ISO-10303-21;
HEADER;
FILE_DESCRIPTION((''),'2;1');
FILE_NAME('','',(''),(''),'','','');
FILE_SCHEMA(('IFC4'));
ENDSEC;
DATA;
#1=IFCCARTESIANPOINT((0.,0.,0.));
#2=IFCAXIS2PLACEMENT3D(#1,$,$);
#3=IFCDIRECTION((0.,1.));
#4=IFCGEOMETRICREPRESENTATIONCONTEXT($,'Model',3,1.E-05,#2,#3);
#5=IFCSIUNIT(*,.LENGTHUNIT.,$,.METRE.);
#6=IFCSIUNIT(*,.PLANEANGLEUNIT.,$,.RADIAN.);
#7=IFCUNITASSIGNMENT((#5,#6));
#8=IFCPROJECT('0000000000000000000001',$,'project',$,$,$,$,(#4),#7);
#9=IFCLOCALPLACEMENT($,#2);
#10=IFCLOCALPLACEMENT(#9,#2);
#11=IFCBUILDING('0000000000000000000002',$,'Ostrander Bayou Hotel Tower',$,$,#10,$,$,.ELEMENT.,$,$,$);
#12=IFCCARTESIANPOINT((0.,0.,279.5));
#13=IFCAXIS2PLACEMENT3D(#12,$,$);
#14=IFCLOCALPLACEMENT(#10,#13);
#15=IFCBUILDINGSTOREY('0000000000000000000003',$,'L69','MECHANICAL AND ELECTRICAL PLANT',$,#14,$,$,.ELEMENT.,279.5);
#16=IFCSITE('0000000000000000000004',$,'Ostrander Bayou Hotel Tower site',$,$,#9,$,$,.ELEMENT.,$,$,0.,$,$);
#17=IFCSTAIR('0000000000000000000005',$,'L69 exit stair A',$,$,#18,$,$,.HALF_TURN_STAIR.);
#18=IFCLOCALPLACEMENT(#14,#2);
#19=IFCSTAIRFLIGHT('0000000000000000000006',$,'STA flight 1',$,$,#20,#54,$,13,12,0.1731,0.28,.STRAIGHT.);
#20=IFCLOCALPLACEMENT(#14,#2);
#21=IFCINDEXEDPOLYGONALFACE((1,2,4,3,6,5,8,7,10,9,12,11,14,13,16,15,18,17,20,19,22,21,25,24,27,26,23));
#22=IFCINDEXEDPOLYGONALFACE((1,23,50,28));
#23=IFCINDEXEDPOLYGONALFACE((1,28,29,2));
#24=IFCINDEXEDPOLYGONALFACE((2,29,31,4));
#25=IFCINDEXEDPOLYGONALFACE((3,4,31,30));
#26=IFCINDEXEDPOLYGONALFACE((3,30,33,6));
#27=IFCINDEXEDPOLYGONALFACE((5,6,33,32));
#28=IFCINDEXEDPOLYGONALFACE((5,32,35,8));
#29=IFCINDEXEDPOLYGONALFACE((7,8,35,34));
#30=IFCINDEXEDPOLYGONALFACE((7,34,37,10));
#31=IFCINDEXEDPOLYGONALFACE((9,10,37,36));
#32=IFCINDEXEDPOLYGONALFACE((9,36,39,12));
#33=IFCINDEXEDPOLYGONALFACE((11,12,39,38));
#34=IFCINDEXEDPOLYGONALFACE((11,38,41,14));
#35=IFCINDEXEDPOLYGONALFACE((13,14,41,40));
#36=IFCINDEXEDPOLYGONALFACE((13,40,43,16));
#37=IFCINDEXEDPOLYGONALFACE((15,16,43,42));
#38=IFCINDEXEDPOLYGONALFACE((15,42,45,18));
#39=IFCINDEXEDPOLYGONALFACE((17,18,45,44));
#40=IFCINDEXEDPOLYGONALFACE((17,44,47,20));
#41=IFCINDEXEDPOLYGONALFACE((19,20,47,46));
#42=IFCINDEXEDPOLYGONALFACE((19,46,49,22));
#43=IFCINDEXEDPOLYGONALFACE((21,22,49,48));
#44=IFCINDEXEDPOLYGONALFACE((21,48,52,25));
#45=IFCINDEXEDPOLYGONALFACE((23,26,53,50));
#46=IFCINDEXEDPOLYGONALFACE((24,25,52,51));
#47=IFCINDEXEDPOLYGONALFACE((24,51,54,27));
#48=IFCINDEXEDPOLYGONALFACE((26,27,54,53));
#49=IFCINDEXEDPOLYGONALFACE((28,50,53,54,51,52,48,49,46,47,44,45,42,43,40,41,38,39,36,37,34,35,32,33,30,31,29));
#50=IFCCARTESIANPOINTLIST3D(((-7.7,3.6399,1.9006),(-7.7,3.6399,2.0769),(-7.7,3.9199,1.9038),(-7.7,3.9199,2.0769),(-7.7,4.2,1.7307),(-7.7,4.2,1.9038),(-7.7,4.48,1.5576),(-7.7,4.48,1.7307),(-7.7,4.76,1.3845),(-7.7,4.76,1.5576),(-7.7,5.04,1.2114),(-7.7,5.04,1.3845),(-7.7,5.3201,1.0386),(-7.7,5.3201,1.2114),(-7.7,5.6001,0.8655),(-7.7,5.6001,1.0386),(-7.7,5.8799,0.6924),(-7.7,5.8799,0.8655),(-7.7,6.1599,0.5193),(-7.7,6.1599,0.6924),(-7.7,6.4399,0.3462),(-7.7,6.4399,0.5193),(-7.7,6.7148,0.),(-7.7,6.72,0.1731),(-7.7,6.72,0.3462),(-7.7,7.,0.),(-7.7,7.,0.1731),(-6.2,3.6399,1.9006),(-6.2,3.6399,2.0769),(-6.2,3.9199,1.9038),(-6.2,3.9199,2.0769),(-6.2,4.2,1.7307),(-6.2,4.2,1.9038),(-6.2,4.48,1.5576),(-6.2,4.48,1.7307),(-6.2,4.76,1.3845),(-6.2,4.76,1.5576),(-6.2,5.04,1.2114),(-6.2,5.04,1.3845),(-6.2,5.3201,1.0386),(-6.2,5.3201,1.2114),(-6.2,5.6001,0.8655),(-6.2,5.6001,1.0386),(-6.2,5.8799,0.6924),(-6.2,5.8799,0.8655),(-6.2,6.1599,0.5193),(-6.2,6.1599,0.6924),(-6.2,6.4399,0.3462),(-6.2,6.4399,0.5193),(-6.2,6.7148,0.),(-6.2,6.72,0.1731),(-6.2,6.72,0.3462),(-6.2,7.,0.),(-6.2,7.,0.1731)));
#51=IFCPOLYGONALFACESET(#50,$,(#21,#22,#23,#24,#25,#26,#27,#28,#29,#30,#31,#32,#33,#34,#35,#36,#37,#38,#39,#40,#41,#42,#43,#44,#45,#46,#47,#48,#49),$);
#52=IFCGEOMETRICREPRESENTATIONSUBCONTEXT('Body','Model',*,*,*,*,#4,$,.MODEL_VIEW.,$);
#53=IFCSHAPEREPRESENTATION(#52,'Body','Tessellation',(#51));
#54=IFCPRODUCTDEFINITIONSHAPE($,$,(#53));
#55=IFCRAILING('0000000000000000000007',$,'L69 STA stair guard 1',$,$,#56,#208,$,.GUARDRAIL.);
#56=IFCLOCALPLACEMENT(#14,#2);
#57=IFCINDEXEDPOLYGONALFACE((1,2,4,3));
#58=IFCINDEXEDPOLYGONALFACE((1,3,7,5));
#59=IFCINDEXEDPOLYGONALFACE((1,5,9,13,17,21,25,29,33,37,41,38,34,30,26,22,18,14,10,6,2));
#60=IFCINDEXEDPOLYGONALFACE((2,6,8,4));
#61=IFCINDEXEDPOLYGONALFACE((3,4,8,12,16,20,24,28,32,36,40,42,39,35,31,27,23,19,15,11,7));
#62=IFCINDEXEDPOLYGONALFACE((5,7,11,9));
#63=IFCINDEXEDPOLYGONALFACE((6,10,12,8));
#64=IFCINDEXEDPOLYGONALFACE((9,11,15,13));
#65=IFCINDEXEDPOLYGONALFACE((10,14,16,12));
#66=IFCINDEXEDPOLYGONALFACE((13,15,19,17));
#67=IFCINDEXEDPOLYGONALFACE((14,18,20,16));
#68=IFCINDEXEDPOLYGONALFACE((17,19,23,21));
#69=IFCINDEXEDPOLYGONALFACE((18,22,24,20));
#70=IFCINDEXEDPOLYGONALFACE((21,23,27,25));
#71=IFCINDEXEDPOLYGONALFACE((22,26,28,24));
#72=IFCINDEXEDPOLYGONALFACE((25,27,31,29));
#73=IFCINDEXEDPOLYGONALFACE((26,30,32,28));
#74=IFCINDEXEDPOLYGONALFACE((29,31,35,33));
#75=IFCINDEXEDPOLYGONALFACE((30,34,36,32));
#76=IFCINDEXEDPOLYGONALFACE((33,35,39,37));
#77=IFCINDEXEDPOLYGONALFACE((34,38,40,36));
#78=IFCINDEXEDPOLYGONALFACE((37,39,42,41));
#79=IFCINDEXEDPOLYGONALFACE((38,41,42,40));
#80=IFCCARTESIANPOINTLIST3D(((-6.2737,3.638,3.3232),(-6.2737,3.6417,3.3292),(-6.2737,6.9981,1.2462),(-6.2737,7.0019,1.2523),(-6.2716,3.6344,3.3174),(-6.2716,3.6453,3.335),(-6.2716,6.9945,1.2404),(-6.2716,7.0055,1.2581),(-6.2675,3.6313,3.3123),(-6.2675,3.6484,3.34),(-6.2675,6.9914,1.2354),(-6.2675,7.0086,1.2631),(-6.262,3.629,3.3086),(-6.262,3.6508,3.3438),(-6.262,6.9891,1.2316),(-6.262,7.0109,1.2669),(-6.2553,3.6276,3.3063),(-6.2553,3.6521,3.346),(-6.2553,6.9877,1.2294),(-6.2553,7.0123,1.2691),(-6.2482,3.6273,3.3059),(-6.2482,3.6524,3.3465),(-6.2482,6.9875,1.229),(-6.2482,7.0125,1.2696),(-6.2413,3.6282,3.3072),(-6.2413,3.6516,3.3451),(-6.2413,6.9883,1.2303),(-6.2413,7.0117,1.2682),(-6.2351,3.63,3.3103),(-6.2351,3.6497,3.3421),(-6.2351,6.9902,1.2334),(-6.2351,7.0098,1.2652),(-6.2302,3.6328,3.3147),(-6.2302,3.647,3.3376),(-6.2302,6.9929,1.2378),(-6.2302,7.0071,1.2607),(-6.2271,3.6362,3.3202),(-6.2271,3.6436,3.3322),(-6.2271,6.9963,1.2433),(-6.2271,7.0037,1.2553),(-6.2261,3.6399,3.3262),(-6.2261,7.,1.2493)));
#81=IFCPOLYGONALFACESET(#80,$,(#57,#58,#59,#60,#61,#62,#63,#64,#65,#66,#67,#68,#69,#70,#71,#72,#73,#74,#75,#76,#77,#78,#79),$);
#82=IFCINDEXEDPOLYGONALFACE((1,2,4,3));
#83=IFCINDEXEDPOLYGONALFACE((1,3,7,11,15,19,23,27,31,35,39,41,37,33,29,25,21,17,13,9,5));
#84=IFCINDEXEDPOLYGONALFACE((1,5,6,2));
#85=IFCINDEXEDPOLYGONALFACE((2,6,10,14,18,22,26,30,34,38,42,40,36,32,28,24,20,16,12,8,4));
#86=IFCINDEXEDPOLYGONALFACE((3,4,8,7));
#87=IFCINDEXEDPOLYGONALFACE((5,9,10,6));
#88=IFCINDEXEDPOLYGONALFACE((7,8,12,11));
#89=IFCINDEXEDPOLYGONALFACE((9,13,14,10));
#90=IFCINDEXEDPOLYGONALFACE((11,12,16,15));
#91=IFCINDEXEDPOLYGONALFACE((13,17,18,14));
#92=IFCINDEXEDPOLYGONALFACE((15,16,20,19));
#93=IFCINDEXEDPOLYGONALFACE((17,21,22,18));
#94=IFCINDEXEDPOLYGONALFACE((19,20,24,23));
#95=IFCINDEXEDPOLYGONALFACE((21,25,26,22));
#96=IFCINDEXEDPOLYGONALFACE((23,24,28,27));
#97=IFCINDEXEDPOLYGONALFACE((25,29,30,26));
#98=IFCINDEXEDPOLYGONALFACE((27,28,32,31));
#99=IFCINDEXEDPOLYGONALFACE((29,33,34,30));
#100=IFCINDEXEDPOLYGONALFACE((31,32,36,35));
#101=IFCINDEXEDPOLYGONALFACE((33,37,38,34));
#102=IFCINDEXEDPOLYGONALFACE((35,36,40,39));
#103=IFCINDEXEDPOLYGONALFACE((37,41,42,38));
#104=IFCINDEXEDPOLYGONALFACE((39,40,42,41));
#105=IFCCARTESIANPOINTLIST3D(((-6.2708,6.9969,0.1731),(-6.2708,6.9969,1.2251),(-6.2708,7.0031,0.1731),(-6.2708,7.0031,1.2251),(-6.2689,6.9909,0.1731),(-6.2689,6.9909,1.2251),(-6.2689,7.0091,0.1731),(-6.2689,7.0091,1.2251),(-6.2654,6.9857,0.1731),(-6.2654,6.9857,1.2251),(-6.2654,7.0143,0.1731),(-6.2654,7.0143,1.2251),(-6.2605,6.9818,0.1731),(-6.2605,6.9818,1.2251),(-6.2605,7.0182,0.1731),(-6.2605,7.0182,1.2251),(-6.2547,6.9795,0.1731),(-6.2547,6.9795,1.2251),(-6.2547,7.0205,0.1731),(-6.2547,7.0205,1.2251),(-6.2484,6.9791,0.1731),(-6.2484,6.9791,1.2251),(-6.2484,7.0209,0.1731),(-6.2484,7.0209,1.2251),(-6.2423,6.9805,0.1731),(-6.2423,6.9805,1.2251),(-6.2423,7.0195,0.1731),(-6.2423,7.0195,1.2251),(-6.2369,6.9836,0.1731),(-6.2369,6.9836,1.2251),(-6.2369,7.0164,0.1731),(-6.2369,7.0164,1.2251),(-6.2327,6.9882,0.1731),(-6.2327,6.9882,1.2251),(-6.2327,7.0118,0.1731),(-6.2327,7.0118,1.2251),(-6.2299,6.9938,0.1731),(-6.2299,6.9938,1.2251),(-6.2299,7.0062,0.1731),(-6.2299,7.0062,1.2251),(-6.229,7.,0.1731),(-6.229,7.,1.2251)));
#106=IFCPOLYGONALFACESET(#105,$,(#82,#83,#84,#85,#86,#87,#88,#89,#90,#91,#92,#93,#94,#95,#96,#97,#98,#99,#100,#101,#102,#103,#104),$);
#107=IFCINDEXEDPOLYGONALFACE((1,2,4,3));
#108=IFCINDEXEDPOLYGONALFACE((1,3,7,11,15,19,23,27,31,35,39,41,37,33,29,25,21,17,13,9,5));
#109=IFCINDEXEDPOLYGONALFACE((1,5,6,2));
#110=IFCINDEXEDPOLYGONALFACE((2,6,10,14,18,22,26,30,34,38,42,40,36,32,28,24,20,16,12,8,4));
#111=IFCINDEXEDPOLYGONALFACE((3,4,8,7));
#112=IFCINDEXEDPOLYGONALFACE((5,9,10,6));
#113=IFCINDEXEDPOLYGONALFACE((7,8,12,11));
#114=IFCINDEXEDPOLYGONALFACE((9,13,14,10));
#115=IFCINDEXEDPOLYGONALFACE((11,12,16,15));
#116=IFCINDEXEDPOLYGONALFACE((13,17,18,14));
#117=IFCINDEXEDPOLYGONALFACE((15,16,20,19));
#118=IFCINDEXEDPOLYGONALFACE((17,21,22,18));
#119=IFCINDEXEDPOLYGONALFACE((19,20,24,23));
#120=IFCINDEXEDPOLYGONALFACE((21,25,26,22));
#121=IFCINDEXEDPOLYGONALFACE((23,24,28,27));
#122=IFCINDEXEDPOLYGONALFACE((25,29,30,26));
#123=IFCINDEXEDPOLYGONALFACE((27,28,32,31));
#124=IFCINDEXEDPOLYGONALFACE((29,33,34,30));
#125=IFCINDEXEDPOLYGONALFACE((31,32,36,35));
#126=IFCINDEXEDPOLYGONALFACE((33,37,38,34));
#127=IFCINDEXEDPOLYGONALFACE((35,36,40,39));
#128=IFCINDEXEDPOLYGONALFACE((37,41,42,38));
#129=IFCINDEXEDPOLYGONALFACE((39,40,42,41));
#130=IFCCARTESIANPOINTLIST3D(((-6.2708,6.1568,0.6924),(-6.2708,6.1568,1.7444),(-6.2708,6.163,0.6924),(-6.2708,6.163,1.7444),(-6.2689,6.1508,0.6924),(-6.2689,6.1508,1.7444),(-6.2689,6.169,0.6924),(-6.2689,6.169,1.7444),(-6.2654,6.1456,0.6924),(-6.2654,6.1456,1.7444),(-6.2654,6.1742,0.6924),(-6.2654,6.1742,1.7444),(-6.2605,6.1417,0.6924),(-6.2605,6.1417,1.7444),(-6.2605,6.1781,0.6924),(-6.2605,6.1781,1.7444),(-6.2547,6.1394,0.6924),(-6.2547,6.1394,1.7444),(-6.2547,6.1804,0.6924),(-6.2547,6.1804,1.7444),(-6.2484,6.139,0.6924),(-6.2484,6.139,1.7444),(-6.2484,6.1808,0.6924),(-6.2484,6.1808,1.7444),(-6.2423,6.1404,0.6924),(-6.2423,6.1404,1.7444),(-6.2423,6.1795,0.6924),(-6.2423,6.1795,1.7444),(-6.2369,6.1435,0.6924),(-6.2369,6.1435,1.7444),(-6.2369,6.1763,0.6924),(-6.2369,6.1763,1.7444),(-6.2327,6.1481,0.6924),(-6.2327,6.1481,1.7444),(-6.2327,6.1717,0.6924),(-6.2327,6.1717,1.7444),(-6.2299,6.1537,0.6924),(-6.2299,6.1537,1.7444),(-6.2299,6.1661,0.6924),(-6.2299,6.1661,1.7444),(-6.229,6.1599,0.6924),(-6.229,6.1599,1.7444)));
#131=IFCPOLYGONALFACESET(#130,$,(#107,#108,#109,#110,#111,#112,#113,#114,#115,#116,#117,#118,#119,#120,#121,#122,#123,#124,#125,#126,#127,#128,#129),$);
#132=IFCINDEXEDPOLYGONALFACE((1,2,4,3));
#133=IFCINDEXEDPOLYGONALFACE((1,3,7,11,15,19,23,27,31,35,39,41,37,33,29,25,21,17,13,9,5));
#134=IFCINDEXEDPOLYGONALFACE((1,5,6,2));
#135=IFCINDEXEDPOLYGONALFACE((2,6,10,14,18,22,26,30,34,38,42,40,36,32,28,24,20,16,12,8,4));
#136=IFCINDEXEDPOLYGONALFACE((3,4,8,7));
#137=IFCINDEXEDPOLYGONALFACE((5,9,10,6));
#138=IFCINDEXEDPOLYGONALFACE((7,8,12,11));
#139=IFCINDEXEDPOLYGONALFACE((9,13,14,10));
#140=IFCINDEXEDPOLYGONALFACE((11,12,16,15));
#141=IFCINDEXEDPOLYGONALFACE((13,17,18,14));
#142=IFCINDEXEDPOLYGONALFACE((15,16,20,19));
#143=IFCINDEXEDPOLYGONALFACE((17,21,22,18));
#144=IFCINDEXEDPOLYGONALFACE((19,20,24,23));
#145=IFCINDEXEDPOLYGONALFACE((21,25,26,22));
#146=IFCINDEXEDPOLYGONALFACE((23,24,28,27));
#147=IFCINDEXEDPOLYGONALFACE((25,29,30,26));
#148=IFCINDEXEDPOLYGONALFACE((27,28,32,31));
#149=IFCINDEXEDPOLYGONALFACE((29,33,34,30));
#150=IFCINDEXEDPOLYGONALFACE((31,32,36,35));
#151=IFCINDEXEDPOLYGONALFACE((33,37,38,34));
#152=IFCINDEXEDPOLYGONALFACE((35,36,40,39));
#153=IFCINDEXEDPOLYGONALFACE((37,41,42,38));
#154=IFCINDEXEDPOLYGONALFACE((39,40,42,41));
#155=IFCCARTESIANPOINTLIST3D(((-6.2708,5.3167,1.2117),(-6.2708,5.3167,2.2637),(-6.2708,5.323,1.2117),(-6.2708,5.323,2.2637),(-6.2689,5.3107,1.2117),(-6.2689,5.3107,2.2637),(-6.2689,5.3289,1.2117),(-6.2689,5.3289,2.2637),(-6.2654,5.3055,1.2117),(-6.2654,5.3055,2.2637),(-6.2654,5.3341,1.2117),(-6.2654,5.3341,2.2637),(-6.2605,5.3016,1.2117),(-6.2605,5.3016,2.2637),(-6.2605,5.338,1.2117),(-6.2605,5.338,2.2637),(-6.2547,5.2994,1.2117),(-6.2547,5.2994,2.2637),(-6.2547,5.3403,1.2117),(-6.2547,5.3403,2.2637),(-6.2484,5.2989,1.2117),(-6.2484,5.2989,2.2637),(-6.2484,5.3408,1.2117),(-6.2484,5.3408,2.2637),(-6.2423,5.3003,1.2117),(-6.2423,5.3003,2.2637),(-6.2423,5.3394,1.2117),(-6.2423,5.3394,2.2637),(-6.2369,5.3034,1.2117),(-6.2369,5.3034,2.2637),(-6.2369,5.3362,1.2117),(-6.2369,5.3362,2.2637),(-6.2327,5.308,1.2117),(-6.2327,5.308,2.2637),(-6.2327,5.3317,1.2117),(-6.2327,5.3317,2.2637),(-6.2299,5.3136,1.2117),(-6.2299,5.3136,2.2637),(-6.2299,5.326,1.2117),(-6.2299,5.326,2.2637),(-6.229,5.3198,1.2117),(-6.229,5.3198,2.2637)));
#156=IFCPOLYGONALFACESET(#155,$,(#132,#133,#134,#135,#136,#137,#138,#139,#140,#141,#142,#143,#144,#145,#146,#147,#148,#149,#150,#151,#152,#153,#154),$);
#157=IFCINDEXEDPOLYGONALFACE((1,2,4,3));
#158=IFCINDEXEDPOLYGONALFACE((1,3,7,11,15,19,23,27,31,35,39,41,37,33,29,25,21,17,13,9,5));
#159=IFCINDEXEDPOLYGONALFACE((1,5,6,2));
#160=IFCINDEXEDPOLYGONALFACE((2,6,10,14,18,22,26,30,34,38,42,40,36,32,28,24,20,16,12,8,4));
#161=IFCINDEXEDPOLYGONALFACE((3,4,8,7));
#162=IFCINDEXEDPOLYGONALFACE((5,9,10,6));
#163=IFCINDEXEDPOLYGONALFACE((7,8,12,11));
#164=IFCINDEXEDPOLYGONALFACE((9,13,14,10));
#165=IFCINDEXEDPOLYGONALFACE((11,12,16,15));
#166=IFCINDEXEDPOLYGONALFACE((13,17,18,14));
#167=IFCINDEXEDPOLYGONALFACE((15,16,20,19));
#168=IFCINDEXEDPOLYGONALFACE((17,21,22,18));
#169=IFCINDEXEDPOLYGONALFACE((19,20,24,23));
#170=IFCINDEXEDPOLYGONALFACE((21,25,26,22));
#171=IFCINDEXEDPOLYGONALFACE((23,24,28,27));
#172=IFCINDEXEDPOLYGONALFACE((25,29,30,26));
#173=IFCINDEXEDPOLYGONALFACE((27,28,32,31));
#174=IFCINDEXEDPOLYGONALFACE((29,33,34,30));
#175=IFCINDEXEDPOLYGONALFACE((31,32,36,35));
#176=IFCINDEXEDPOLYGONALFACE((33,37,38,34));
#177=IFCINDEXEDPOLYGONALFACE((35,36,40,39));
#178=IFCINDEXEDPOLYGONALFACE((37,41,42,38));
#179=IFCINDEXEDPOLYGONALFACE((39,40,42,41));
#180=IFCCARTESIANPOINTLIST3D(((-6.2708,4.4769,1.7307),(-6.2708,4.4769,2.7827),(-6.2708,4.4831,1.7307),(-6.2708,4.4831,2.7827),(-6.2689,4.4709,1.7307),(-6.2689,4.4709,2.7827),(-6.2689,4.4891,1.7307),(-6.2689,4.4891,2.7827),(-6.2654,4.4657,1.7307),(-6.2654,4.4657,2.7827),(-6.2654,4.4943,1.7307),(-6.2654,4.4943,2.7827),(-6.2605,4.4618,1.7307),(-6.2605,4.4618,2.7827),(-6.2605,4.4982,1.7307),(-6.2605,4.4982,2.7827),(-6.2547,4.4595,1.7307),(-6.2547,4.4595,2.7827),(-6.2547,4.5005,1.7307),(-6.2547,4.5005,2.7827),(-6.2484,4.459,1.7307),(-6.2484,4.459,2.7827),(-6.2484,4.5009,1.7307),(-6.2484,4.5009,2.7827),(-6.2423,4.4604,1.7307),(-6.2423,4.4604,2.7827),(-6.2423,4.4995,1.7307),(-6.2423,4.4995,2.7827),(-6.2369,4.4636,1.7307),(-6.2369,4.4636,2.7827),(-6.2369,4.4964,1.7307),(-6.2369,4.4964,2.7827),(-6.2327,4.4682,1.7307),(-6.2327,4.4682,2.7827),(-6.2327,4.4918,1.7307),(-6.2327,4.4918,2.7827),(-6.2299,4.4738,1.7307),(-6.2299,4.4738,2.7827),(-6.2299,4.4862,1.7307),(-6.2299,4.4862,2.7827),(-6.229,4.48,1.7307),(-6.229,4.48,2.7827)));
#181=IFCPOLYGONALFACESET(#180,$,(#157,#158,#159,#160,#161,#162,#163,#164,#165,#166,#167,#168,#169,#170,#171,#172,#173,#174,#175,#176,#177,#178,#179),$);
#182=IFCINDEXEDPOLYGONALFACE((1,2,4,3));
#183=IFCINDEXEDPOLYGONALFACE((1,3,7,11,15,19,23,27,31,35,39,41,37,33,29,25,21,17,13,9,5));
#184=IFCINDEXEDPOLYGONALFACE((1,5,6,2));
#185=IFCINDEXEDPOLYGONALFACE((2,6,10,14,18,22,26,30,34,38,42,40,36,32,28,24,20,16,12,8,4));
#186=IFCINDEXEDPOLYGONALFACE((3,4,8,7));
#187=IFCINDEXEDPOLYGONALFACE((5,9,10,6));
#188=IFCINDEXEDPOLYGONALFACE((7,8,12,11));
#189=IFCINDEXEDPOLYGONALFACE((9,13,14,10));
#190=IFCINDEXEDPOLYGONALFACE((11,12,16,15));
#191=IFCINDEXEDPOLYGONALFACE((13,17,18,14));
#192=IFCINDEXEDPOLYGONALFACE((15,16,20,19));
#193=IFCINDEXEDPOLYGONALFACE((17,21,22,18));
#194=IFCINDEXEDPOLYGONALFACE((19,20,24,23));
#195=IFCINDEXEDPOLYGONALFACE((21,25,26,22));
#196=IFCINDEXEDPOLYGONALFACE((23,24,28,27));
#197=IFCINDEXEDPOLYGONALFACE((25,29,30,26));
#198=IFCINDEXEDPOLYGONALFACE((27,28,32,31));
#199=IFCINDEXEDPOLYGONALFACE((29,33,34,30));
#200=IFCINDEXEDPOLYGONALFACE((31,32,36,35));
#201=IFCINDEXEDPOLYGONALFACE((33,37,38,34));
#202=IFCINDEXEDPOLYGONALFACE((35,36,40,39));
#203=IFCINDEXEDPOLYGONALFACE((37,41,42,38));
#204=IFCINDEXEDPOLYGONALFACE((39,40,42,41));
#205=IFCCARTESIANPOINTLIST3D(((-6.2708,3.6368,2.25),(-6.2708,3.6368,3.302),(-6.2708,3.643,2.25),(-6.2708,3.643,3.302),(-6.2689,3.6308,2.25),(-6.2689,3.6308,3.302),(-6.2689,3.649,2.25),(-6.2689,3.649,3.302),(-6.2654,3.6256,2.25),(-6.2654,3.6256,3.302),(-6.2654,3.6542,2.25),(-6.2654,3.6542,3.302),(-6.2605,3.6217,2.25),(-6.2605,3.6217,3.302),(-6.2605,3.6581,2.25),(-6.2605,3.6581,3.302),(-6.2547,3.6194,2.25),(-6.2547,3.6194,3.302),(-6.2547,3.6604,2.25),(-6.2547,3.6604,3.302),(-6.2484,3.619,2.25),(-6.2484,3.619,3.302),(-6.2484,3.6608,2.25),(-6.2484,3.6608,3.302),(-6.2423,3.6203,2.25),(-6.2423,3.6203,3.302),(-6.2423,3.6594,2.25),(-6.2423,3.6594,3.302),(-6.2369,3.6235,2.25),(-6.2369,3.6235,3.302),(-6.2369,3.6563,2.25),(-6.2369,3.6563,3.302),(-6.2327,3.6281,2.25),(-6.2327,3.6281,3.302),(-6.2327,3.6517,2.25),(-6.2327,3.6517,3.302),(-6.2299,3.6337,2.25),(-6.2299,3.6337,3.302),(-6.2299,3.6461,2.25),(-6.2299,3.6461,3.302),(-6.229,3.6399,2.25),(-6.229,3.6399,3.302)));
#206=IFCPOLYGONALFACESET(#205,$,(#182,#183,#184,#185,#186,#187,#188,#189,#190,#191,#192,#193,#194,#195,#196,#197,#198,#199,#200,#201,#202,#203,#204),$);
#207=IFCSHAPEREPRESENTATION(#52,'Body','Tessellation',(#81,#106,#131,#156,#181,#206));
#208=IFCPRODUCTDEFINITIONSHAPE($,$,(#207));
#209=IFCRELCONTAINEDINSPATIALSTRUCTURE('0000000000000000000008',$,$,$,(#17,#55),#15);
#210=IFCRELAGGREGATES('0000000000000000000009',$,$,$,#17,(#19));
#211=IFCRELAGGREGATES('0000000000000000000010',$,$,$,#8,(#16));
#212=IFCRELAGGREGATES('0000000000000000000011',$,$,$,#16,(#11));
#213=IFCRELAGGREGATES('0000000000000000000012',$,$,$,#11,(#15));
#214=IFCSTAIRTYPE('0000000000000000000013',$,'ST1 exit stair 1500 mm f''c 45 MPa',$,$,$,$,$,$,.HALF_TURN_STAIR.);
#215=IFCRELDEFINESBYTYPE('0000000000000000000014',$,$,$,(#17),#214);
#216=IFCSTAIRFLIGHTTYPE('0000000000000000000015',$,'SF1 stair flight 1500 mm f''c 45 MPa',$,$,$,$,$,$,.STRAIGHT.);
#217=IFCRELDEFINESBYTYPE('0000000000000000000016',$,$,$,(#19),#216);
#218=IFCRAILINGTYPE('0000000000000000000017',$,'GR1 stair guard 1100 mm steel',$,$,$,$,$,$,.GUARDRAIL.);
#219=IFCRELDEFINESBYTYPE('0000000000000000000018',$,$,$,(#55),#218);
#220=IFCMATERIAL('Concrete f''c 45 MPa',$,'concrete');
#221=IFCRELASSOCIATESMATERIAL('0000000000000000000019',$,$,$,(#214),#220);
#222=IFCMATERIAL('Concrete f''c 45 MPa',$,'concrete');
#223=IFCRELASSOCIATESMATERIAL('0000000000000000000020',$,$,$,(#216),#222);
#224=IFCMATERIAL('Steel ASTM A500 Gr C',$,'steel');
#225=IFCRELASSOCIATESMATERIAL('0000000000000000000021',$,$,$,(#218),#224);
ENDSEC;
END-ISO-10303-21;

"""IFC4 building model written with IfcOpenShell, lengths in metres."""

from ifc_helpers import new_model, si_unit, direction, frame, origin, origin_2d, place, context, subcontext, project, spatial, polyline, circle, outline, extrude, material, type_object, element, aggregate, save


model = new_model("IFC4")

# Units and contexts
model_context = context("Model", 3, precision=1e-05, world=origin(), true_north=direction((0.0, 1.0)))
body_context = subcontext(model_context, "Body", "Model", "MODEL_VIEW")
ifc_project = project(units=[si_unit("LENGTHUNIT", "METRE"), si_unit("PLANEANGLEUNIT", "RADIAN")], contexts=[model_context])

# Site, building, storey
site_placement = place(None, origin())
site = spatial("IfcSite", under=ifc_project, at=site_placement, Name="Ostrander Bayou Hotel Tower site", CompositionType="ELEMENT", RefElevation=0.0)
building_placement = place(site_placement, origin())
building = spatial("IfcBuilding", under=site, at=building_placement, Name="Ostrander Bayou Hotel Tower", CompositionType="ELEMENT")
storey_placement = place(building_placement, frame((0.0, 0.0, 279.5)))
storey = spatial("IfcBuildingStorey", under=building, at=storey_placement, Name="L69", Description="MECHANICAL AND ELECTRICAL PLANT", CompositionType="ELEMENT", Elevation=279.5)

# Stair, stair flight
ifc_material_1 = material(Name="Concrete f'c 45 MPa", Category="concrete")
stair_type = type_object("IfcStairType", Name="ST1 exit stair 1500 mm f'c 45 MPa", PredefinedType="HALF_TURN_STAIR", material=ifc_material_1)
stair_placement = place(storey_placement, origin())
stair = element("IfcStair", 1, at=stair_placement, inside=storey, type_object=stair_type, Name="L69 exit stair A", PredefinedType="HALF_TURN_STAIR")
ifc_material_2 = material(Name="Concrete f'c 45 MPa", Category="concrete")
stair_flight_type = type_object("IfcStairFlightType", Name="SF1 stair flight 1500 mm f'c 45 MPa", PredefinedType="STRAIGHT", material=ifc_material_2)
stair_flight_placement = place(storey_placement, frame((-6.95, 7.0, 0.0), z_axis=(0.0, 0.0, 1.0), x_axis=(0.0, -1.0, 0.0)))
stair_flight = element("IfcStairFlight", 2, at=stair_flight_placement, type_object=stair_flight_type, Name="STA flight 1", NumberOfRisers=13, NumberOfTreads=12, PredefinedType="STRAIGHT", RiserHeight=0.1731, TreadLength=0.28, context=body_context, shape_type="SweptSolid", body=[
    extrude(outline(polyline([(0.0, 0.0), (0.0, 0.1731), (0.28, 0.1731), (0.28, 0.3462), (0.5601, 0.3462), (0.5601, 0.5193), (0.8401, 0.5193), (0.8401, 0.6924), (1.1201, 0.6924), (1.1201, 0.8655), (1.3999, 0.8655), (1.3999, 1.0386), (1.6799, 1.0386), (1.6799, 1.2114), (1.96, 1.2114), (1.96, 1.3845), (2.24, 1.3845), (2.24, 1.5576), (2.52, 1.5576), (2.52, 1.7307), (2.8, 1.7307), (2.8, 1.9038), (3.0801, 1.9038), (3.0801, 2.0769), (3.3601, 2.0769), (3.3601, 2.25), (3.3601, 1.9006), (0.2852, 0.0), (0.0, 0.0)])), frame((0.0, 0.75, 0.0), z_axis=(0.0, -1.0, 0.0), x_axis=(1.0, 0.0, 0.0)), (0.0, 0.0, 1.0), 1.5),
])
aggregate(stair, [stair_flight])

# Railing
ifc_material_3 = material(Name="Steel ASTM A500 Gr C", Category="steel")
railing_type_1 = type_object("IfcRailingType", Name="GR1 stair guard 1100 mm steel", PredefinedType="GUARDRAIL", material=ifc_material_3)
railing_1_placement = place(storey_placement, frame((-6.25, 7.0, 0.1731)))
element("IfcRailing", 3, at=railing_1_placement, inside=storey, type_object=railing_type_1, Name="L69 STA stair guard 1", PredefinedType="GUARDRAIL", context=body_context, shape_type="SweptSolid", body=[
    extrude(circle(Radius=0.0239, at=origin_2d()), frame((0.0, 0.0, 1.0762), z_axis=(0.0, -0.850623, 0.525776), x_axis=(1.0, 0.0, 0.0)), (0.0, 0.0, 1.0), 3.9502),
    extrude(circle(Radius=0.021, at=origin_2d()), origin(), (0.0, 0.0, 1.0), 1.052),
    extrude(circle(Radius=0.021, at=origin_2d()), frame((0.0, -0.8401, 0.5193)), (0.0, 0.0, 1.0), 1.052),
    extrude(circle(Radius=0.021, at=origin_2d()), frame((0.0, -1.6802, 1.0386)), (0.0, 0.0, 1.0), 1.052),
    extrude(circle(Radius=0.021, at=origin_2d()), frame((0.0, -2.52, 1.5576)), (0.0, 0.0, 1.0), 1.052),
    extrude(circle(Radius=0.021, at=origin_2d()), frame((0.0, -3.3601, 2.0769)), (0.0, 0.0, 1.0), 1.052),
])

save(model, "model.ifc")
